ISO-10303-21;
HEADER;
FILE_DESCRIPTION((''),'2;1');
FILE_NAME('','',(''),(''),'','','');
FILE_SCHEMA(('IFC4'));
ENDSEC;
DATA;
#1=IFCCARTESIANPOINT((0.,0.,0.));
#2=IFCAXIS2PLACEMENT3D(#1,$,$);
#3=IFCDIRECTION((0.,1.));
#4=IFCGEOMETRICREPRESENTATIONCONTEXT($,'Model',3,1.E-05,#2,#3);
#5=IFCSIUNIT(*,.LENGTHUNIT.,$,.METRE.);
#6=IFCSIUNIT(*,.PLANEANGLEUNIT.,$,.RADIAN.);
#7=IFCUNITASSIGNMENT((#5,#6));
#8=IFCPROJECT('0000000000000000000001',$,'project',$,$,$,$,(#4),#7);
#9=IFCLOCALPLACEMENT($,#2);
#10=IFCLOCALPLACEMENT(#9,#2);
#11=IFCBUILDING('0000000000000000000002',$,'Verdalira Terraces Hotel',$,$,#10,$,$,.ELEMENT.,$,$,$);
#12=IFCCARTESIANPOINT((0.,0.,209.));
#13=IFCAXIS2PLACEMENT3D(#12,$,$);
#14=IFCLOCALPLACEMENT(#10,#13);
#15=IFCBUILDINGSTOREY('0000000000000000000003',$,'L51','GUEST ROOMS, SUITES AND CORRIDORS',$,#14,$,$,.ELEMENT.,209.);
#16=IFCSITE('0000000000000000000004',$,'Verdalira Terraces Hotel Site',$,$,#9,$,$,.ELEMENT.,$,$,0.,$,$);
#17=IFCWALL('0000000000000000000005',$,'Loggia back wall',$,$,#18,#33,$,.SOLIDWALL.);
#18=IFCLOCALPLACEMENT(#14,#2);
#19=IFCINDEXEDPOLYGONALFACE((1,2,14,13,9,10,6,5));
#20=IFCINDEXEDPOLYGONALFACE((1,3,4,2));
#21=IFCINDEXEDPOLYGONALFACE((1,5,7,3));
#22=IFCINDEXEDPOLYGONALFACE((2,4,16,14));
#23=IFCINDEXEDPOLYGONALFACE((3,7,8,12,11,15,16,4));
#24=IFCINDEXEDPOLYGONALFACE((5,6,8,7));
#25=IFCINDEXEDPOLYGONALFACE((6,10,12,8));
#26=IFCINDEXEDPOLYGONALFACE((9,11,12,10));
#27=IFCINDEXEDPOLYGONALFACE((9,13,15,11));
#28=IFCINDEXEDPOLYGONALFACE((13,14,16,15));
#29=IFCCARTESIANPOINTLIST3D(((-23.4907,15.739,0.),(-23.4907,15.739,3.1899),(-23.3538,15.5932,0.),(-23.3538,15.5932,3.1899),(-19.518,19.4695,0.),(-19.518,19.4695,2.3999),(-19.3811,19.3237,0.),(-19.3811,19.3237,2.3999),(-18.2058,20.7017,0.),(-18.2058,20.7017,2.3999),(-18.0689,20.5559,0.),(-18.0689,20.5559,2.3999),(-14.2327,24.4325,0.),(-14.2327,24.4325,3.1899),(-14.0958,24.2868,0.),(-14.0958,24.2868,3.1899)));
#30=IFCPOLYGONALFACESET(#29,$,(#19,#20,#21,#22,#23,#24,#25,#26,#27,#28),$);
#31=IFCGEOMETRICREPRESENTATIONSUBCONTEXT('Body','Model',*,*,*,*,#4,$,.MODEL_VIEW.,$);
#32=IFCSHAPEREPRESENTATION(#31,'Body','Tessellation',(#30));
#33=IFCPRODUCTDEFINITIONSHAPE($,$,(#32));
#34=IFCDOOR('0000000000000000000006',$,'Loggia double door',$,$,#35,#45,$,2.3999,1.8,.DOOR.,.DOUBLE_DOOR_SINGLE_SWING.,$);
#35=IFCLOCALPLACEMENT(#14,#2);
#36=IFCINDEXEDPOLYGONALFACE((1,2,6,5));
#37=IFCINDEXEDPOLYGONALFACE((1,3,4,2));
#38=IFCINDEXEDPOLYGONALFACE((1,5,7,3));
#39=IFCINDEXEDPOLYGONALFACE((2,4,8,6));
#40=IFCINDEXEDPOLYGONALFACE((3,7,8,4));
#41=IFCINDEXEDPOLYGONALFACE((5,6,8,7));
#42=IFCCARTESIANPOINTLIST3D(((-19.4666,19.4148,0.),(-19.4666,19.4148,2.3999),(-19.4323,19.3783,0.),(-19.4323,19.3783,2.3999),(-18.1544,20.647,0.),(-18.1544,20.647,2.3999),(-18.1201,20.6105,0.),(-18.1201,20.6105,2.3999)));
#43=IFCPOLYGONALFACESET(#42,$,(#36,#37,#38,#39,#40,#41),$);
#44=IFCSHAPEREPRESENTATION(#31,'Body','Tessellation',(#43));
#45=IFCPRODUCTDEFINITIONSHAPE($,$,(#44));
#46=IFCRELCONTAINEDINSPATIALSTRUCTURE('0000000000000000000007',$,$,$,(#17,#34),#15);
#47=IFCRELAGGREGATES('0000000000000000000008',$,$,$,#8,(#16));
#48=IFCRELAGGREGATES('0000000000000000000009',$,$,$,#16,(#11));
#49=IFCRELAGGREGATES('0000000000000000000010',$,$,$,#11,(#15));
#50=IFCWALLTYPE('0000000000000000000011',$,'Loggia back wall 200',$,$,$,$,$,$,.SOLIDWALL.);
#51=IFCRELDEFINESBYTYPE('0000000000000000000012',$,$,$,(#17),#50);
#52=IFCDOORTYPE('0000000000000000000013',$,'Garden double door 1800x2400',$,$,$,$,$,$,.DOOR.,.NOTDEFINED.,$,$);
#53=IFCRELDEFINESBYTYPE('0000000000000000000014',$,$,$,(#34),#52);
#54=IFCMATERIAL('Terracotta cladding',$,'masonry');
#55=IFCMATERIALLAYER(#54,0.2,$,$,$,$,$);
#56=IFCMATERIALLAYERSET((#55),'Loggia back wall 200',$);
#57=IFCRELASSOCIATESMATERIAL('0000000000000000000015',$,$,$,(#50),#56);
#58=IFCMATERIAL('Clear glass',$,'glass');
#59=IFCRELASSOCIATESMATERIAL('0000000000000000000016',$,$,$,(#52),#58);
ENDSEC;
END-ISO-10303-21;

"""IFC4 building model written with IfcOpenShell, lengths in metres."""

from ifc_helpers import new_model, si_unit, direction, frame, frame_2d, origin, place, context, subcontext, project, spatial, rectangle, extrude, material, layer, layer_set, type_object, element, fill, save


model = new_model("IFC4")

# Units and contexts
model_context = context("Model", 3, precision=1e-05, world=origin(), true_north=direction((0.0, 1.0)))
body_context = subcontext(model_context, "Body", "Model", "MODEL_VIEW")
ifc_project = project(units=[si_unit("LENGTHUNIT", "METRE"), si_unit("PLANEANGLEUNIT", "RADIAN")], contexts=[model_context])

# Site, building, storey
site_placement = place(None, origin())
site = spatial("IfcSite", under=ifc_project, at=site_placement, Name="Verdalira Terraces Hotel Site", CompositionType="ELEMENT", RefElevation=0.0)
building_placement = place(site_placement, origin())
building = spatial("IfcBuilding", under=site, at=building_placement, Name="Verdalira Terraces Hotel", CompositionType="ELEMENT")
storey_placement = place(building_placement, frame((0.0, 0.0, 209.0)))
storey = spatial("IfcBuildingStorey", under=building, at=storey_placement, Name="L51", Description="GUEST ROOMS, SUITES AND CORRIDORS", CompositionType="ELEMENT", Elevation=209.0)

# Wall, opening, door
ifc_material_1 = material(Name="Terracotta cladding", Category="masonry")
ifc_layer_1 = layer(ifc_material_1, 0.2)
ifc_layer_set_1 = layer_set([ifc_layer_1], Name="Loggia back wall 200")
wall_type_1 = type_object("IfcWallType", Name="Loggia back wall 200", PredefinedType="SOLIDWALL", material=ifc_layer_set_1)
wall_1_placement = place(storey_placement, frame((-23.4224, 15.666, 0.0), z_axis=(0.0, 0.0, 1.0), x_axis=(0.72898, 0.684535, 0.0)))
wall_1 = element("IfcWall", 1, at=wall_1_placement, inside=storey, type_object=wall_type_1, Name="Loggia back wall", PredefinedType="SOLIDWALL", context=body_context, shape_type="SweptSolid", body=[
    extrude(rectangle(XDim=12.7, YDim=0.2, at=frame_2d((6.3501, 0.0))), origin(), (0.0, 0.0, 1.0), 3.1899),
])
opening_1_placement = place(wall_1_placement, frame((5.45, 0.0, 0.0)))
opening_1 = element("IfcOpeningElement", 2, at=opening_1_placement, cuts=wall_1, PredefinedType="OPENING", context=body_context, shape_type="SweptSolid", body=[
    extrude(rectangle(XDim=1.8, YDim=2.3999, at=frame_2d((0.8999, 1.2))), frame((0.0, 0.1099, 0.0), z_axis=(0.0, -1.0, 0.0), x_axis=(1.0, 0.0, 0.0)), (0.0, 0.0, 1.0), 0.22),
])
ifc_material_2 = material(Name="Clear glass", Category="glass")
door_type_1 = type_object("IfcDoorType", Name="Garden double door 1800x2400", OperationType="NOTDEFINED", PredefinedType="DOOR", material=ifc_material_2)
door_1_placement = place(opening_1_placement, origin())
door_1 = element("IfcDoor", 3, at=door_1_placement, inside=storey, type_object=door_type_1, Name="Loggia double door", OperationType="DOUBLE_DOOR_SINGLE_SWING", OverallHeight=2.3999, OverallWidth=1.8, PredefinedType="DOOR", context=body_context, shape_type="SweptSolid", body=[
    extrude(rectangle(XDim=1.8, YDim=2.3999, at=frame_2d((0.8999, 1.2))), frame((0.0, 0.0249, 0.0), z_axis=(0.0, -1.0, 0.0), x_axis=(1.0, 0.0, 0.0)), (0.0, 0.0, 1.0), 0.05),
])
fill(opening_1, door_1)

save(model, "model.ifc")
